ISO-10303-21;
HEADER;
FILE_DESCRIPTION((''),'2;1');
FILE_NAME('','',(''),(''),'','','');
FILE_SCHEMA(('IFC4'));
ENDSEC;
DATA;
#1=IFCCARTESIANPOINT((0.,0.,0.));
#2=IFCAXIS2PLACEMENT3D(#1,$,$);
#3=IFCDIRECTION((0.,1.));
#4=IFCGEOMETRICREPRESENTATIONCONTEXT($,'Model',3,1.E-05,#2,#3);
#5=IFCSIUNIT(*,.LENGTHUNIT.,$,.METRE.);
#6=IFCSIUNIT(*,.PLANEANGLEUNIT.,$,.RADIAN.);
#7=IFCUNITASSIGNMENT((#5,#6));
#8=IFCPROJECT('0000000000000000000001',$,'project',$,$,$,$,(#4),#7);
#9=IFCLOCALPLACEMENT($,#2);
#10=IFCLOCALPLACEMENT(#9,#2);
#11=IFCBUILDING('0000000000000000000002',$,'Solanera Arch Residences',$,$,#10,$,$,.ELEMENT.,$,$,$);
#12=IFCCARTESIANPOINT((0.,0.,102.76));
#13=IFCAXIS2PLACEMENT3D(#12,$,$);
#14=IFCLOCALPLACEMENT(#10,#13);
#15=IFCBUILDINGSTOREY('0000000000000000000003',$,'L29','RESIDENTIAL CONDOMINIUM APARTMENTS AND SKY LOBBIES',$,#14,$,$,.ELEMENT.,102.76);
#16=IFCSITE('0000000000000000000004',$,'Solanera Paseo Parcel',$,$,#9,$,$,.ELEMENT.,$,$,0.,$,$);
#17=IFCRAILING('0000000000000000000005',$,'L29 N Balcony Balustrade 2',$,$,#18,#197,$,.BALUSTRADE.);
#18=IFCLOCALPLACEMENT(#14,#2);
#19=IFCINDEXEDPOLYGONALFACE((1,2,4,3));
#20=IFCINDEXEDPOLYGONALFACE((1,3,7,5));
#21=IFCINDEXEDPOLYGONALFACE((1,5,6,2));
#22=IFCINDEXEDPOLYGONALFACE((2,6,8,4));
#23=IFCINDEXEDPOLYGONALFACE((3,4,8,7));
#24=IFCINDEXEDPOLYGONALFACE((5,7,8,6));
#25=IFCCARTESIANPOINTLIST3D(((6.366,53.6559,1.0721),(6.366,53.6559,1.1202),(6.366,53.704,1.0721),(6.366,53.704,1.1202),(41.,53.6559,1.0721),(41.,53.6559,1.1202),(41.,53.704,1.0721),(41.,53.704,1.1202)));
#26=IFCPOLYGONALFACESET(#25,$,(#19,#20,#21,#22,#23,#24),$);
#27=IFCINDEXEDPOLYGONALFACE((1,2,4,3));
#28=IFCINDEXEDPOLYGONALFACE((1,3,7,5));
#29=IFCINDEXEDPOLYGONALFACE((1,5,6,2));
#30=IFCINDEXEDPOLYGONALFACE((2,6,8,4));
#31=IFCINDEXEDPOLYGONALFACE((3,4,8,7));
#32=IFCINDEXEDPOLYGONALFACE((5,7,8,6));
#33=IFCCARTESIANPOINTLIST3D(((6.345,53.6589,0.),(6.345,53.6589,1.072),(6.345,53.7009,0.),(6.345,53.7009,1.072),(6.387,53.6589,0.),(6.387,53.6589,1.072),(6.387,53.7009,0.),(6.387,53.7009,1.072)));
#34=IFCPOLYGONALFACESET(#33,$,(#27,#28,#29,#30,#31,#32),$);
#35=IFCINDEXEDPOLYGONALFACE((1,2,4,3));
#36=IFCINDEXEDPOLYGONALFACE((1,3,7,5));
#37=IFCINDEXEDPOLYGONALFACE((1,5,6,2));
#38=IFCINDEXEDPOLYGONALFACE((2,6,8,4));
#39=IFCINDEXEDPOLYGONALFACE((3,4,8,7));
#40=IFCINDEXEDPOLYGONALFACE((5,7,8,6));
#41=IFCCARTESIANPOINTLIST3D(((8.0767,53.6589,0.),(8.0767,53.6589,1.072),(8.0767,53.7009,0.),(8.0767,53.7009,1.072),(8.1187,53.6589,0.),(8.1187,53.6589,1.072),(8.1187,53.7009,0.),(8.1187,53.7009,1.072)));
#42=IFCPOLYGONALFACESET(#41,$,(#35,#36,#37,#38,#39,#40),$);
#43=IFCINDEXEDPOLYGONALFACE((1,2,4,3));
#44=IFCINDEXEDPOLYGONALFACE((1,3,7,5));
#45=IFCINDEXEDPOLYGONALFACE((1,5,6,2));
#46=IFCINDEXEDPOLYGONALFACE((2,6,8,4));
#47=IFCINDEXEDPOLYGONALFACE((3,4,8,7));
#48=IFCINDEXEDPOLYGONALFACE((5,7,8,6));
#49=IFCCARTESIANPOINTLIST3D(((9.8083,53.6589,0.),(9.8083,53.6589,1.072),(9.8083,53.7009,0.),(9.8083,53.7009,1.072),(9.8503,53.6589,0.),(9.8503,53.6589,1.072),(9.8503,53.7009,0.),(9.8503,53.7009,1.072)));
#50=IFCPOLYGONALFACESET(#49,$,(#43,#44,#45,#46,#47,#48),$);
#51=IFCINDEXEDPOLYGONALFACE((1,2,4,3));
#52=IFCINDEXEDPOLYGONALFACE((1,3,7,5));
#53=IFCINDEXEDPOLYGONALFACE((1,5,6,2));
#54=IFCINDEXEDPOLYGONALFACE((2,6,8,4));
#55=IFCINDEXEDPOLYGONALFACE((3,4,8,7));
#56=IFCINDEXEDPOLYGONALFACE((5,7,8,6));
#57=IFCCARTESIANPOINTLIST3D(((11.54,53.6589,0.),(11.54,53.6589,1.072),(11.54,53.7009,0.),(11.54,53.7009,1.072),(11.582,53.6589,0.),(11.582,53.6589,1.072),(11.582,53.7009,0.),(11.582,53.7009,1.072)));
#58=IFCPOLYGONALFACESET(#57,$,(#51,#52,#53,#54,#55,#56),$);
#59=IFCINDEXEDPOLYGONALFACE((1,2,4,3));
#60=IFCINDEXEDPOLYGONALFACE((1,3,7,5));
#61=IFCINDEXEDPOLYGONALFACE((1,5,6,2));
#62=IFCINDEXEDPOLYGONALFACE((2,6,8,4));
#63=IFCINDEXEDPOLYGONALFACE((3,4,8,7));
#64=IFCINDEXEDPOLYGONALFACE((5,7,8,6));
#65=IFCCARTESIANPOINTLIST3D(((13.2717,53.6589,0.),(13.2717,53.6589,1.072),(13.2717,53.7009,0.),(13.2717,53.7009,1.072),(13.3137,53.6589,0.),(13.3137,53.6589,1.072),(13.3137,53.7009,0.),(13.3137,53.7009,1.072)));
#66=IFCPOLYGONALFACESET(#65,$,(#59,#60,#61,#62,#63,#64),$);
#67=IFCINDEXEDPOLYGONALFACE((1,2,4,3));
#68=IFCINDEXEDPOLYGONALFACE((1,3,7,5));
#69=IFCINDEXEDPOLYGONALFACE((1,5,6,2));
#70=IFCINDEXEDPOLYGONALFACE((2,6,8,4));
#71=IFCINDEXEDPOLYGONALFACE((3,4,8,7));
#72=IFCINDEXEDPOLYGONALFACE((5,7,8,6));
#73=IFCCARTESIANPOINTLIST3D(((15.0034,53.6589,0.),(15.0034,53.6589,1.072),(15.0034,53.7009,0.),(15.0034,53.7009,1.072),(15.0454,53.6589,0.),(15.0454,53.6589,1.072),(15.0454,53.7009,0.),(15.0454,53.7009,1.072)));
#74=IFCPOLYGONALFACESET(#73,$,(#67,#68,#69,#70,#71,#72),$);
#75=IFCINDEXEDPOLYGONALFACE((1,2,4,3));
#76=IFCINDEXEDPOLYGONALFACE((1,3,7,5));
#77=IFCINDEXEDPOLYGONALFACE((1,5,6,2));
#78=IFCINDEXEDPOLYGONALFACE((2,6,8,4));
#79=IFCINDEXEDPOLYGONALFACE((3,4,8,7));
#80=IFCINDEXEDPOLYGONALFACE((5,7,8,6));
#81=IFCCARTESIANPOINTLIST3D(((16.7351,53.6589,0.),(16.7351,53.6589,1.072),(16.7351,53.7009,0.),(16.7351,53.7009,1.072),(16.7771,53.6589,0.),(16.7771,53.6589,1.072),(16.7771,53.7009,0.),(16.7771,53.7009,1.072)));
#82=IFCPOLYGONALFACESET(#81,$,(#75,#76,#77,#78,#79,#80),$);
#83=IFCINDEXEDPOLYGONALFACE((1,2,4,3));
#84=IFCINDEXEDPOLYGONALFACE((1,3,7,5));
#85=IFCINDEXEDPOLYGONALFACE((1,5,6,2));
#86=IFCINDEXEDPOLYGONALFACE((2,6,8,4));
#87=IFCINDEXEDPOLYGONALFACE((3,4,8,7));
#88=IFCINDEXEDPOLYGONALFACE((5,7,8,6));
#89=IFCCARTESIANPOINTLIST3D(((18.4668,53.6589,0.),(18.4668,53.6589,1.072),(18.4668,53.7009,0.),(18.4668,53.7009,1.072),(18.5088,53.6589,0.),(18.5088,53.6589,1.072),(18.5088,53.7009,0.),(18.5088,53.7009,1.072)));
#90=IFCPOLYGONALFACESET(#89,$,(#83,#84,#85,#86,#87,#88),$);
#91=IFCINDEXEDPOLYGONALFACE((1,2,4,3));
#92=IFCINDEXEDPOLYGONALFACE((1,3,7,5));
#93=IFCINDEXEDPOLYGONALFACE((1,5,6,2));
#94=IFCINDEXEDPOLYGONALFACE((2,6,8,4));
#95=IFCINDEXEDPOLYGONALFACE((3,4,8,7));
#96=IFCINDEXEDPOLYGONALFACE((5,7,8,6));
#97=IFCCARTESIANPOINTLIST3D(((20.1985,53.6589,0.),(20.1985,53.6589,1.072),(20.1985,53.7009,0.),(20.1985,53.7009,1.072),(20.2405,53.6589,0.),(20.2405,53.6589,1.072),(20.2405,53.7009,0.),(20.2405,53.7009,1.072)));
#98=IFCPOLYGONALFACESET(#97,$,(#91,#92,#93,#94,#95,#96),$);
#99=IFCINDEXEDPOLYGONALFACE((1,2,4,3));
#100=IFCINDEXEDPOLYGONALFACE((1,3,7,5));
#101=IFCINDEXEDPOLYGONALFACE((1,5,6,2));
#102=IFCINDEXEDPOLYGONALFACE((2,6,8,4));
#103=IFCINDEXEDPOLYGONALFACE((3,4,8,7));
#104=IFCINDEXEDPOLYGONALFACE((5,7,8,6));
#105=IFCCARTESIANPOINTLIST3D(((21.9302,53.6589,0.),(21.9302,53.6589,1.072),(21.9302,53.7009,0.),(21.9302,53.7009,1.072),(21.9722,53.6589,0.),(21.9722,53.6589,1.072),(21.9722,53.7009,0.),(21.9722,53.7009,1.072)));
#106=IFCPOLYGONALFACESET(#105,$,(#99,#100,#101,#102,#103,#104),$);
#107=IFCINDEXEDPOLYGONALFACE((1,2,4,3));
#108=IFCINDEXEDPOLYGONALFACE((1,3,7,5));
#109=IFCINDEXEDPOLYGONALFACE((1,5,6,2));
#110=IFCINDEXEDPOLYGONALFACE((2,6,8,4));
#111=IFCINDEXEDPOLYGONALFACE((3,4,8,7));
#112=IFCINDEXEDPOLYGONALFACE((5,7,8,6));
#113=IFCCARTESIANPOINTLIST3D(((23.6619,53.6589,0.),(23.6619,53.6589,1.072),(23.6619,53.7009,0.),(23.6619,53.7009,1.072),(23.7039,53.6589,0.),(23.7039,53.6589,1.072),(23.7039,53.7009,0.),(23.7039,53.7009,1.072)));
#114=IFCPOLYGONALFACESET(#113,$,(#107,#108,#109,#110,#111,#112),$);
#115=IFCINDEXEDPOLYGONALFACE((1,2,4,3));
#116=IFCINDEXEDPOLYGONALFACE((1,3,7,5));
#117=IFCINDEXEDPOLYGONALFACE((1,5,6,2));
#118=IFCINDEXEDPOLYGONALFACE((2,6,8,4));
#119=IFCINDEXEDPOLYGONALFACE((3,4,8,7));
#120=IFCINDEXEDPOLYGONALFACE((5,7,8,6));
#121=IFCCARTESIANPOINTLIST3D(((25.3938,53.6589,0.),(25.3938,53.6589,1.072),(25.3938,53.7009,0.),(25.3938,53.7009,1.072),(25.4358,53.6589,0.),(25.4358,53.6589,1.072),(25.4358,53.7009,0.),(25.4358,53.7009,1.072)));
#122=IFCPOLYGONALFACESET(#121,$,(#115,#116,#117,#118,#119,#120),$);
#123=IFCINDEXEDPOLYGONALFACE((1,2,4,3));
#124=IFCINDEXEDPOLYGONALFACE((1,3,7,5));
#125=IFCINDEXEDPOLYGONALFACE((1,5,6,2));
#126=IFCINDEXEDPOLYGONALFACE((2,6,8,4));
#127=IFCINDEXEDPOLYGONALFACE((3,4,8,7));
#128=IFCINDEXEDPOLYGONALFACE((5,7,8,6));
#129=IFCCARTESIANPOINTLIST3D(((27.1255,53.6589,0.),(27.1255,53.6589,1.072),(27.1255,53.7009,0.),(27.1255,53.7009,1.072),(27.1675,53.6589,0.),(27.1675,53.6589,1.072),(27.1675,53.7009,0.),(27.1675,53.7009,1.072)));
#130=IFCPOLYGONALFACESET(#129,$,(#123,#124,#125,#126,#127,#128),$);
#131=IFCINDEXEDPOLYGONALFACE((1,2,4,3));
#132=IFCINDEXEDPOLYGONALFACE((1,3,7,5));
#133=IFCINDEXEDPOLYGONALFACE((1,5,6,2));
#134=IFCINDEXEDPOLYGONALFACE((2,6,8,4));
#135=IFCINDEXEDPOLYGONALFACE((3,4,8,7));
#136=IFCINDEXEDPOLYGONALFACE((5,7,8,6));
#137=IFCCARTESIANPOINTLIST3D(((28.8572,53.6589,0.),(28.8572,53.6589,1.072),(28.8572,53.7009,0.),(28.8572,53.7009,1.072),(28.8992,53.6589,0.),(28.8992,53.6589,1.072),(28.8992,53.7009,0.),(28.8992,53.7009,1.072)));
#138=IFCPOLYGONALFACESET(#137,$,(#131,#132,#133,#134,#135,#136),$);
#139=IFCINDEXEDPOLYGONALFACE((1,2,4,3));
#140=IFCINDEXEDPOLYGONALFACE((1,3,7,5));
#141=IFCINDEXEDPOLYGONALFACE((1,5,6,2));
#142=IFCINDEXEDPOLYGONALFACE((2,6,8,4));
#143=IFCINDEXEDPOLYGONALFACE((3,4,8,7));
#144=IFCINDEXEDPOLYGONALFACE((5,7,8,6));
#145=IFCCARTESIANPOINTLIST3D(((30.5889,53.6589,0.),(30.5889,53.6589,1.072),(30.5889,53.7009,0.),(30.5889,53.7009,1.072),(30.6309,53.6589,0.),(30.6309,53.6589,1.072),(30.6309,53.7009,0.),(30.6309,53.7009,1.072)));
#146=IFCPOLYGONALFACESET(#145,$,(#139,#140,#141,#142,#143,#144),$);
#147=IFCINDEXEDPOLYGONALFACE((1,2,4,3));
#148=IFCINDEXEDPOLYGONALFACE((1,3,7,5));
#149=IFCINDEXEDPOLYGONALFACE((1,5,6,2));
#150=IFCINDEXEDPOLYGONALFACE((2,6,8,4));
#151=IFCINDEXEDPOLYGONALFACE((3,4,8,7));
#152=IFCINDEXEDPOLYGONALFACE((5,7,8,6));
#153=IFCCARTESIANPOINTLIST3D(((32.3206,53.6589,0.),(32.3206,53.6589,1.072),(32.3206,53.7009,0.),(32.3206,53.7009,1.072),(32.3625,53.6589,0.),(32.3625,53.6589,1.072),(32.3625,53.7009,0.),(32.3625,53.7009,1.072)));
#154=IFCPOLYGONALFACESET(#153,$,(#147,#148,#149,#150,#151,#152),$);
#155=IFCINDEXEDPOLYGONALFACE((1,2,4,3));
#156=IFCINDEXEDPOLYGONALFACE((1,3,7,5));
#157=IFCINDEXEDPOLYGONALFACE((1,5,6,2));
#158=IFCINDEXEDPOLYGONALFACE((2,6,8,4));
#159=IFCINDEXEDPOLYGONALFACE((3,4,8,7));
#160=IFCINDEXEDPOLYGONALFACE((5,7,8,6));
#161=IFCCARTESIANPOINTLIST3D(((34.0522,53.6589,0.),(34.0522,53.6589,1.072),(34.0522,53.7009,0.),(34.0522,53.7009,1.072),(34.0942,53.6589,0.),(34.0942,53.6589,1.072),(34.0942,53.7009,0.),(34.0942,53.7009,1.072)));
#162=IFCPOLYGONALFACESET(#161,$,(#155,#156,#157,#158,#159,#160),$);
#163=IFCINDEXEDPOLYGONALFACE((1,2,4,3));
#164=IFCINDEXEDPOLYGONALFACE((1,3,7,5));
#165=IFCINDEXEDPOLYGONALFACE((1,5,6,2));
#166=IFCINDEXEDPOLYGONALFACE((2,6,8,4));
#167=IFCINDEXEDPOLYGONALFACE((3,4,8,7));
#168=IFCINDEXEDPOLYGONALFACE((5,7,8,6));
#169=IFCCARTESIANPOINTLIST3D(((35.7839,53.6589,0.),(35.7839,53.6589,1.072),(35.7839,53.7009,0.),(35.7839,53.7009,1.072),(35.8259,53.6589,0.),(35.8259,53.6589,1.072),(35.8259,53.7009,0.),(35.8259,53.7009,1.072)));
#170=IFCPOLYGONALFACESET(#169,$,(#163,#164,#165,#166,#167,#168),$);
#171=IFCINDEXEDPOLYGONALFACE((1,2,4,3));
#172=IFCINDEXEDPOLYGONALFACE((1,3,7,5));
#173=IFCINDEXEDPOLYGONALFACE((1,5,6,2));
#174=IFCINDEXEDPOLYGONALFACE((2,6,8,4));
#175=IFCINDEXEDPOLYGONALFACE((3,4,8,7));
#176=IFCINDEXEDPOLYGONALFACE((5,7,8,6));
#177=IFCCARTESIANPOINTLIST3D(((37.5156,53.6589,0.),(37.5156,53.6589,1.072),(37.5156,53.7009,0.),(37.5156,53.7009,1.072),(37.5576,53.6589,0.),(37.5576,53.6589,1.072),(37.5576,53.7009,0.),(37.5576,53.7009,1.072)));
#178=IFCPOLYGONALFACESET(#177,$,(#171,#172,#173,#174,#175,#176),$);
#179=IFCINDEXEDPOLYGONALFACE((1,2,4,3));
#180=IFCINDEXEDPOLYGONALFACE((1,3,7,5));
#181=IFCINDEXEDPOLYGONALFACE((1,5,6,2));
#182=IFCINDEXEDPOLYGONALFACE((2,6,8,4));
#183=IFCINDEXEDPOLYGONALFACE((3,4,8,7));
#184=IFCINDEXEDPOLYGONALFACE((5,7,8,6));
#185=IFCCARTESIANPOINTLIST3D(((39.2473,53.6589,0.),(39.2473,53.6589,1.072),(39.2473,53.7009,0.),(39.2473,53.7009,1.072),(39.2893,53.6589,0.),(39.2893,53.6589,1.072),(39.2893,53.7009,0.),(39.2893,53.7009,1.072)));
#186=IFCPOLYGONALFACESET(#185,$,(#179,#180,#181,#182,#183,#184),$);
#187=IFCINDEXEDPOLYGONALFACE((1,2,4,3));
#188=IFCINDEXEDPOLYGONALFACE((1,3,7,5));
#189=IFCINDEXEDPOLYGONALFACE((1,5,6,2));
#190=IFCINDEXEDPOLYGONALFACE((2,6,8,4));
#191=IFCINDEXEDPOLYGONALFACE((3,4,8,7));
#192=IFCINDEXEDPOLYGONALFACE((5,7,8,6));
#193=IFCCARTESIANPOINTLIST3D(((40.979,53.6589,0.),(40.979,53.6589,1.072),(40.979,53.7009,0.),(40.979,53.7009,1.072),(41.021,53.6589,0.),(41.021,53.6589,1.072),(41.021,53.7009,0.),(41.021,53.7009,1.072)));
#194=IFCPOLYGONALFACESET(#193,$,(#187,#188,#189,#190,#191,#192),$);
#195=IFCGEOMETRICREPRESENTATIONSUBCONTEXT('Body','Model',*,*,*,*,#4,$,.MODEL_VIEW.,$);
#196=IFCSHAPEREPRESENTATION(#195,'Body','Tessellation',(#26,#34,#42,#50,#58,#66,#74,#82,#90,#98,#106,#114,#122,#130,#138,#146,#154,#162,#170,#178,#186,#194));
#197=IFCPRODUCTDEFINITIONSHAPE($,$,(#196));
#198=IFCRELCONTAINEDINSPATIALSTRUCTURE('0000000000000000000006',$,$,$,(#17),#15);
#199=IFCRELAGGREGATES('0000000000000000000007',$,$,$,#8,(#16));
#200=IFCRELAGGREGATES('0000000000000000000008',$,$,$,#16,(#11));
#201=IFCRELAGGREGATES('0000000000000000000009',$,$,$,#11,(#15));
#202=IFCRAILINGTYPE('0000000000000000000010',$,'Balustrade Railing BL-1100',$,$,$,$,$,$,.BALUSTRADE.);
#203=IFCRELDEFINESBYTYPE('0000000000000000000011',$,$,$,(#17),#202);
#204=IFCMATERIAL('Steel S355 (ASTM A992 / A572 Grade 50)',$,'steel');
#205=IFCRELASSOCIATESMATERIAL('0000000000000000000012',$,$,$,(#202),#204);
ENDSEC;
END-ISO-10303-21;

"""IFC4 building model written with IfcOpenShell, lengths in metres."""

from ifc_helpers import new_model, si_unit, direction, frame, origin, origin_2d, place, context, subcontext, project, spatial, rectangle, extrude, material, type_object, element, save


model = new_model("IFC4")

# Units and contexts
model_context = context("Model", 3, precision=1e-05, world=origin(), true_north=direction((0.0, 1.0)))
body_context = subcontext(model_context, "Body", "Model", "MODEL_VIEW")
ifc_project = project(units=[si_unit("LENGTHUNIT", "METRE"), si_unit("PLANEANGLEUNIT", "RADIAN")], contexts=[model_context])

# Site, building, storey
site_placement = place(None, origin())
site = spatial("IfcSite", under=ifc_project, at=site_placement, Name="Solanera Paseo Parcel", CompositionType="ELEMENT", RefElevation=0.0)
building_placement = place(site_placement, origin())
building = spatial("IfcBuilding", under=site, at=building_placement, Name="Solanera Arch Residences", CompositionType="ELEMENT")
storey_placement = place(building_placement, frame((0.0, 0.0, 102.76)))
storey = spatial("IfcBuildingStorey", under=building, at=storey_placement, Name="L29", Description="RESIDENTIAL CONDOMINIUM APARTMENTS AND SKY LOBBIES", CompositionType="ELEMENT", Elevation=102.76)

# Railing
ifc_material_1 = material(Name="Steel S355 (ASTM A992 / A572 Grade 50)", Category="steel")
railing_type = type_object("IfcRailingType", Name="Balustrade Railing BL-1100", PredefinedType="BALUSTRADE", material=ifc_material_1)
railing_placement = place(storey_placement, frame((6.366, 53.6799, 0.0)))
element("IfcRailing", 1, at=railing_placement, inside=storey, type_object=railing_type, Name="L29 N Balcony Balustrade 2", PredefinedType="BALUSTRADE", context=body_context, shape_type="SweptSolid", body=[
    extrude(rectangle(XDim=0.0481, YDim=0.0481, at=origin_2d()), frame((0.0, 0.0, 1.0962), z_axis=(1.0, 0.0, 0.0), x_axis=(0.0, 1.0, 0.0)), (0.0, 0.0, 1.0), 34.634),
    extrude(rectangle(XDim=0.042, YDim=0.042, at=origin_2d()), origin(), (0.0, 0.0, 1.0), 1.072),
    extrude(rectangle(XDim=0.042, YDim=0.042, at=origin_2d()), frame((1.7317, 0.0, 0.0)), (0.0, 0.0, 1.0), 1.072),
    extrude(rectangle(XDim=0.042, YDim=0.042, at=origin_2d()), frame((3.4634, 0.0, 0.0)), (0.0, 0.0, 1.0), 1.072),
    extrude(rectangle(XDim=0.042, YDim=0.042, at=origin_2d()), frame((5.1951, 0.0, 0.0)), (0.0, 0.0, 1.0), 1.072),
    extrude(rectangle(XDim=0.042, YDim=0.042, at=origin_2d()), frame((6.9268, 0.0, 0.0)), (0.0, 0.0, 1.0), 1.072),
    extrude(rectangle(XDim=0.042, YDim=0.042, at=origin_2d()), frame((8.6584, 0.0, 0.0)), (0.0, 0.0, 1.0), 1.072),
    extrude(rectangle(XDim=0.042, YDim=0.042, at=origin_2d()), frame((10.3901, 0.0, 0.0)), (0.0, 0.0, 1.0), 1.072),
    extrude(rectangle(XDim=0.042, YDim=0.042, at=origin_2d()), frame((12.1218, 0.0, 0.0)), (0.0, 0.0, 1.0), 1.072),
    extrude(rectangle(XDim=0.042, YDim=0.042, at=origin_2d()), frame((13.8535, 0.0, 0.0)), (0.0, 0.0, 1.0), 1.072),
    extrude(rectangle(XDim=0.042, YDim=0.042, at=origin_2d()), frame((15.5852, 0.0, 0.0)), (0.0, 0.0, 1.0), 1.072),
    extrude(rectangle(XDim=0.042, YDim=0.042, at=origin_2d()), frame((17.3169, 0.0, 0.0)), (0.0, 0.0, 1.0), 1.072),
    extrude(rectangle(XDim=0.042, YDim=0.042, at=origin_2d()), frame((19.0488, 0.0, 0.0)), (0.0, 0.0, 1.0), 1.072),
    extrude(rectangle(XDim=0.042, YDim=0.042, at=origin_2d()), frame((20.7805, 0.0, 0.0)), (0.0, 0.0, 1.0), 1.072),
    extrude(rectangle(XDim=0.042, YDim=0.042, at=origin_2d()), frame((22.5122, 0.0, 0.0)), (0.0, 0.0, 1.0), 1.072),
    extrude(rectangle(XDim=0.042, YDim=0.042, at=origin_2d()), frame((24.2439, 0.0, 0.0)), (0.0, 0.0, 1.0), 1.072),
    extrude(rectangle(XDim=0.042, YDim=0.042, at=origin_2d()), frame((25.9756, 0.0, 0.0)), (0.0, 0.0, 1.0), 1.072),
    extrude(rectangle(XDim=0.042, YDim=0.042, at=origin_2d()), frame((27.7073, 0.0, 0.0)), (0.0, 0.0, 1.0), 1.072),
    extrude(rectangle(XDim=0.042, YDim=0.042, at=origin_2d()), frame((29.439, 0.0, 0.0)), (0.0, 0.0, 1.0), 1.072),
    extrude(rectangle(XDim=0.042, YDim=0.042, at=origin_2d()), frame((31.1707, 0.0, 0.0)), (0.0, 0.0, 1.0), 1.072),
    extrude(rectangle(XDim=0.042, YDim=0.042, at=origin_2d()), frame((32.9023, 0.0, 0.0)), (0.0, 0.0, 1.0), 1.072),
    extrude(rectangle(XDim=0.042, YDim=0.042, at=origin_2d()), frame((34.634, 0.0, 0.0)), (0.0, 0.0, 1.0), 1.072),
])

save(model, "model.ifc")
